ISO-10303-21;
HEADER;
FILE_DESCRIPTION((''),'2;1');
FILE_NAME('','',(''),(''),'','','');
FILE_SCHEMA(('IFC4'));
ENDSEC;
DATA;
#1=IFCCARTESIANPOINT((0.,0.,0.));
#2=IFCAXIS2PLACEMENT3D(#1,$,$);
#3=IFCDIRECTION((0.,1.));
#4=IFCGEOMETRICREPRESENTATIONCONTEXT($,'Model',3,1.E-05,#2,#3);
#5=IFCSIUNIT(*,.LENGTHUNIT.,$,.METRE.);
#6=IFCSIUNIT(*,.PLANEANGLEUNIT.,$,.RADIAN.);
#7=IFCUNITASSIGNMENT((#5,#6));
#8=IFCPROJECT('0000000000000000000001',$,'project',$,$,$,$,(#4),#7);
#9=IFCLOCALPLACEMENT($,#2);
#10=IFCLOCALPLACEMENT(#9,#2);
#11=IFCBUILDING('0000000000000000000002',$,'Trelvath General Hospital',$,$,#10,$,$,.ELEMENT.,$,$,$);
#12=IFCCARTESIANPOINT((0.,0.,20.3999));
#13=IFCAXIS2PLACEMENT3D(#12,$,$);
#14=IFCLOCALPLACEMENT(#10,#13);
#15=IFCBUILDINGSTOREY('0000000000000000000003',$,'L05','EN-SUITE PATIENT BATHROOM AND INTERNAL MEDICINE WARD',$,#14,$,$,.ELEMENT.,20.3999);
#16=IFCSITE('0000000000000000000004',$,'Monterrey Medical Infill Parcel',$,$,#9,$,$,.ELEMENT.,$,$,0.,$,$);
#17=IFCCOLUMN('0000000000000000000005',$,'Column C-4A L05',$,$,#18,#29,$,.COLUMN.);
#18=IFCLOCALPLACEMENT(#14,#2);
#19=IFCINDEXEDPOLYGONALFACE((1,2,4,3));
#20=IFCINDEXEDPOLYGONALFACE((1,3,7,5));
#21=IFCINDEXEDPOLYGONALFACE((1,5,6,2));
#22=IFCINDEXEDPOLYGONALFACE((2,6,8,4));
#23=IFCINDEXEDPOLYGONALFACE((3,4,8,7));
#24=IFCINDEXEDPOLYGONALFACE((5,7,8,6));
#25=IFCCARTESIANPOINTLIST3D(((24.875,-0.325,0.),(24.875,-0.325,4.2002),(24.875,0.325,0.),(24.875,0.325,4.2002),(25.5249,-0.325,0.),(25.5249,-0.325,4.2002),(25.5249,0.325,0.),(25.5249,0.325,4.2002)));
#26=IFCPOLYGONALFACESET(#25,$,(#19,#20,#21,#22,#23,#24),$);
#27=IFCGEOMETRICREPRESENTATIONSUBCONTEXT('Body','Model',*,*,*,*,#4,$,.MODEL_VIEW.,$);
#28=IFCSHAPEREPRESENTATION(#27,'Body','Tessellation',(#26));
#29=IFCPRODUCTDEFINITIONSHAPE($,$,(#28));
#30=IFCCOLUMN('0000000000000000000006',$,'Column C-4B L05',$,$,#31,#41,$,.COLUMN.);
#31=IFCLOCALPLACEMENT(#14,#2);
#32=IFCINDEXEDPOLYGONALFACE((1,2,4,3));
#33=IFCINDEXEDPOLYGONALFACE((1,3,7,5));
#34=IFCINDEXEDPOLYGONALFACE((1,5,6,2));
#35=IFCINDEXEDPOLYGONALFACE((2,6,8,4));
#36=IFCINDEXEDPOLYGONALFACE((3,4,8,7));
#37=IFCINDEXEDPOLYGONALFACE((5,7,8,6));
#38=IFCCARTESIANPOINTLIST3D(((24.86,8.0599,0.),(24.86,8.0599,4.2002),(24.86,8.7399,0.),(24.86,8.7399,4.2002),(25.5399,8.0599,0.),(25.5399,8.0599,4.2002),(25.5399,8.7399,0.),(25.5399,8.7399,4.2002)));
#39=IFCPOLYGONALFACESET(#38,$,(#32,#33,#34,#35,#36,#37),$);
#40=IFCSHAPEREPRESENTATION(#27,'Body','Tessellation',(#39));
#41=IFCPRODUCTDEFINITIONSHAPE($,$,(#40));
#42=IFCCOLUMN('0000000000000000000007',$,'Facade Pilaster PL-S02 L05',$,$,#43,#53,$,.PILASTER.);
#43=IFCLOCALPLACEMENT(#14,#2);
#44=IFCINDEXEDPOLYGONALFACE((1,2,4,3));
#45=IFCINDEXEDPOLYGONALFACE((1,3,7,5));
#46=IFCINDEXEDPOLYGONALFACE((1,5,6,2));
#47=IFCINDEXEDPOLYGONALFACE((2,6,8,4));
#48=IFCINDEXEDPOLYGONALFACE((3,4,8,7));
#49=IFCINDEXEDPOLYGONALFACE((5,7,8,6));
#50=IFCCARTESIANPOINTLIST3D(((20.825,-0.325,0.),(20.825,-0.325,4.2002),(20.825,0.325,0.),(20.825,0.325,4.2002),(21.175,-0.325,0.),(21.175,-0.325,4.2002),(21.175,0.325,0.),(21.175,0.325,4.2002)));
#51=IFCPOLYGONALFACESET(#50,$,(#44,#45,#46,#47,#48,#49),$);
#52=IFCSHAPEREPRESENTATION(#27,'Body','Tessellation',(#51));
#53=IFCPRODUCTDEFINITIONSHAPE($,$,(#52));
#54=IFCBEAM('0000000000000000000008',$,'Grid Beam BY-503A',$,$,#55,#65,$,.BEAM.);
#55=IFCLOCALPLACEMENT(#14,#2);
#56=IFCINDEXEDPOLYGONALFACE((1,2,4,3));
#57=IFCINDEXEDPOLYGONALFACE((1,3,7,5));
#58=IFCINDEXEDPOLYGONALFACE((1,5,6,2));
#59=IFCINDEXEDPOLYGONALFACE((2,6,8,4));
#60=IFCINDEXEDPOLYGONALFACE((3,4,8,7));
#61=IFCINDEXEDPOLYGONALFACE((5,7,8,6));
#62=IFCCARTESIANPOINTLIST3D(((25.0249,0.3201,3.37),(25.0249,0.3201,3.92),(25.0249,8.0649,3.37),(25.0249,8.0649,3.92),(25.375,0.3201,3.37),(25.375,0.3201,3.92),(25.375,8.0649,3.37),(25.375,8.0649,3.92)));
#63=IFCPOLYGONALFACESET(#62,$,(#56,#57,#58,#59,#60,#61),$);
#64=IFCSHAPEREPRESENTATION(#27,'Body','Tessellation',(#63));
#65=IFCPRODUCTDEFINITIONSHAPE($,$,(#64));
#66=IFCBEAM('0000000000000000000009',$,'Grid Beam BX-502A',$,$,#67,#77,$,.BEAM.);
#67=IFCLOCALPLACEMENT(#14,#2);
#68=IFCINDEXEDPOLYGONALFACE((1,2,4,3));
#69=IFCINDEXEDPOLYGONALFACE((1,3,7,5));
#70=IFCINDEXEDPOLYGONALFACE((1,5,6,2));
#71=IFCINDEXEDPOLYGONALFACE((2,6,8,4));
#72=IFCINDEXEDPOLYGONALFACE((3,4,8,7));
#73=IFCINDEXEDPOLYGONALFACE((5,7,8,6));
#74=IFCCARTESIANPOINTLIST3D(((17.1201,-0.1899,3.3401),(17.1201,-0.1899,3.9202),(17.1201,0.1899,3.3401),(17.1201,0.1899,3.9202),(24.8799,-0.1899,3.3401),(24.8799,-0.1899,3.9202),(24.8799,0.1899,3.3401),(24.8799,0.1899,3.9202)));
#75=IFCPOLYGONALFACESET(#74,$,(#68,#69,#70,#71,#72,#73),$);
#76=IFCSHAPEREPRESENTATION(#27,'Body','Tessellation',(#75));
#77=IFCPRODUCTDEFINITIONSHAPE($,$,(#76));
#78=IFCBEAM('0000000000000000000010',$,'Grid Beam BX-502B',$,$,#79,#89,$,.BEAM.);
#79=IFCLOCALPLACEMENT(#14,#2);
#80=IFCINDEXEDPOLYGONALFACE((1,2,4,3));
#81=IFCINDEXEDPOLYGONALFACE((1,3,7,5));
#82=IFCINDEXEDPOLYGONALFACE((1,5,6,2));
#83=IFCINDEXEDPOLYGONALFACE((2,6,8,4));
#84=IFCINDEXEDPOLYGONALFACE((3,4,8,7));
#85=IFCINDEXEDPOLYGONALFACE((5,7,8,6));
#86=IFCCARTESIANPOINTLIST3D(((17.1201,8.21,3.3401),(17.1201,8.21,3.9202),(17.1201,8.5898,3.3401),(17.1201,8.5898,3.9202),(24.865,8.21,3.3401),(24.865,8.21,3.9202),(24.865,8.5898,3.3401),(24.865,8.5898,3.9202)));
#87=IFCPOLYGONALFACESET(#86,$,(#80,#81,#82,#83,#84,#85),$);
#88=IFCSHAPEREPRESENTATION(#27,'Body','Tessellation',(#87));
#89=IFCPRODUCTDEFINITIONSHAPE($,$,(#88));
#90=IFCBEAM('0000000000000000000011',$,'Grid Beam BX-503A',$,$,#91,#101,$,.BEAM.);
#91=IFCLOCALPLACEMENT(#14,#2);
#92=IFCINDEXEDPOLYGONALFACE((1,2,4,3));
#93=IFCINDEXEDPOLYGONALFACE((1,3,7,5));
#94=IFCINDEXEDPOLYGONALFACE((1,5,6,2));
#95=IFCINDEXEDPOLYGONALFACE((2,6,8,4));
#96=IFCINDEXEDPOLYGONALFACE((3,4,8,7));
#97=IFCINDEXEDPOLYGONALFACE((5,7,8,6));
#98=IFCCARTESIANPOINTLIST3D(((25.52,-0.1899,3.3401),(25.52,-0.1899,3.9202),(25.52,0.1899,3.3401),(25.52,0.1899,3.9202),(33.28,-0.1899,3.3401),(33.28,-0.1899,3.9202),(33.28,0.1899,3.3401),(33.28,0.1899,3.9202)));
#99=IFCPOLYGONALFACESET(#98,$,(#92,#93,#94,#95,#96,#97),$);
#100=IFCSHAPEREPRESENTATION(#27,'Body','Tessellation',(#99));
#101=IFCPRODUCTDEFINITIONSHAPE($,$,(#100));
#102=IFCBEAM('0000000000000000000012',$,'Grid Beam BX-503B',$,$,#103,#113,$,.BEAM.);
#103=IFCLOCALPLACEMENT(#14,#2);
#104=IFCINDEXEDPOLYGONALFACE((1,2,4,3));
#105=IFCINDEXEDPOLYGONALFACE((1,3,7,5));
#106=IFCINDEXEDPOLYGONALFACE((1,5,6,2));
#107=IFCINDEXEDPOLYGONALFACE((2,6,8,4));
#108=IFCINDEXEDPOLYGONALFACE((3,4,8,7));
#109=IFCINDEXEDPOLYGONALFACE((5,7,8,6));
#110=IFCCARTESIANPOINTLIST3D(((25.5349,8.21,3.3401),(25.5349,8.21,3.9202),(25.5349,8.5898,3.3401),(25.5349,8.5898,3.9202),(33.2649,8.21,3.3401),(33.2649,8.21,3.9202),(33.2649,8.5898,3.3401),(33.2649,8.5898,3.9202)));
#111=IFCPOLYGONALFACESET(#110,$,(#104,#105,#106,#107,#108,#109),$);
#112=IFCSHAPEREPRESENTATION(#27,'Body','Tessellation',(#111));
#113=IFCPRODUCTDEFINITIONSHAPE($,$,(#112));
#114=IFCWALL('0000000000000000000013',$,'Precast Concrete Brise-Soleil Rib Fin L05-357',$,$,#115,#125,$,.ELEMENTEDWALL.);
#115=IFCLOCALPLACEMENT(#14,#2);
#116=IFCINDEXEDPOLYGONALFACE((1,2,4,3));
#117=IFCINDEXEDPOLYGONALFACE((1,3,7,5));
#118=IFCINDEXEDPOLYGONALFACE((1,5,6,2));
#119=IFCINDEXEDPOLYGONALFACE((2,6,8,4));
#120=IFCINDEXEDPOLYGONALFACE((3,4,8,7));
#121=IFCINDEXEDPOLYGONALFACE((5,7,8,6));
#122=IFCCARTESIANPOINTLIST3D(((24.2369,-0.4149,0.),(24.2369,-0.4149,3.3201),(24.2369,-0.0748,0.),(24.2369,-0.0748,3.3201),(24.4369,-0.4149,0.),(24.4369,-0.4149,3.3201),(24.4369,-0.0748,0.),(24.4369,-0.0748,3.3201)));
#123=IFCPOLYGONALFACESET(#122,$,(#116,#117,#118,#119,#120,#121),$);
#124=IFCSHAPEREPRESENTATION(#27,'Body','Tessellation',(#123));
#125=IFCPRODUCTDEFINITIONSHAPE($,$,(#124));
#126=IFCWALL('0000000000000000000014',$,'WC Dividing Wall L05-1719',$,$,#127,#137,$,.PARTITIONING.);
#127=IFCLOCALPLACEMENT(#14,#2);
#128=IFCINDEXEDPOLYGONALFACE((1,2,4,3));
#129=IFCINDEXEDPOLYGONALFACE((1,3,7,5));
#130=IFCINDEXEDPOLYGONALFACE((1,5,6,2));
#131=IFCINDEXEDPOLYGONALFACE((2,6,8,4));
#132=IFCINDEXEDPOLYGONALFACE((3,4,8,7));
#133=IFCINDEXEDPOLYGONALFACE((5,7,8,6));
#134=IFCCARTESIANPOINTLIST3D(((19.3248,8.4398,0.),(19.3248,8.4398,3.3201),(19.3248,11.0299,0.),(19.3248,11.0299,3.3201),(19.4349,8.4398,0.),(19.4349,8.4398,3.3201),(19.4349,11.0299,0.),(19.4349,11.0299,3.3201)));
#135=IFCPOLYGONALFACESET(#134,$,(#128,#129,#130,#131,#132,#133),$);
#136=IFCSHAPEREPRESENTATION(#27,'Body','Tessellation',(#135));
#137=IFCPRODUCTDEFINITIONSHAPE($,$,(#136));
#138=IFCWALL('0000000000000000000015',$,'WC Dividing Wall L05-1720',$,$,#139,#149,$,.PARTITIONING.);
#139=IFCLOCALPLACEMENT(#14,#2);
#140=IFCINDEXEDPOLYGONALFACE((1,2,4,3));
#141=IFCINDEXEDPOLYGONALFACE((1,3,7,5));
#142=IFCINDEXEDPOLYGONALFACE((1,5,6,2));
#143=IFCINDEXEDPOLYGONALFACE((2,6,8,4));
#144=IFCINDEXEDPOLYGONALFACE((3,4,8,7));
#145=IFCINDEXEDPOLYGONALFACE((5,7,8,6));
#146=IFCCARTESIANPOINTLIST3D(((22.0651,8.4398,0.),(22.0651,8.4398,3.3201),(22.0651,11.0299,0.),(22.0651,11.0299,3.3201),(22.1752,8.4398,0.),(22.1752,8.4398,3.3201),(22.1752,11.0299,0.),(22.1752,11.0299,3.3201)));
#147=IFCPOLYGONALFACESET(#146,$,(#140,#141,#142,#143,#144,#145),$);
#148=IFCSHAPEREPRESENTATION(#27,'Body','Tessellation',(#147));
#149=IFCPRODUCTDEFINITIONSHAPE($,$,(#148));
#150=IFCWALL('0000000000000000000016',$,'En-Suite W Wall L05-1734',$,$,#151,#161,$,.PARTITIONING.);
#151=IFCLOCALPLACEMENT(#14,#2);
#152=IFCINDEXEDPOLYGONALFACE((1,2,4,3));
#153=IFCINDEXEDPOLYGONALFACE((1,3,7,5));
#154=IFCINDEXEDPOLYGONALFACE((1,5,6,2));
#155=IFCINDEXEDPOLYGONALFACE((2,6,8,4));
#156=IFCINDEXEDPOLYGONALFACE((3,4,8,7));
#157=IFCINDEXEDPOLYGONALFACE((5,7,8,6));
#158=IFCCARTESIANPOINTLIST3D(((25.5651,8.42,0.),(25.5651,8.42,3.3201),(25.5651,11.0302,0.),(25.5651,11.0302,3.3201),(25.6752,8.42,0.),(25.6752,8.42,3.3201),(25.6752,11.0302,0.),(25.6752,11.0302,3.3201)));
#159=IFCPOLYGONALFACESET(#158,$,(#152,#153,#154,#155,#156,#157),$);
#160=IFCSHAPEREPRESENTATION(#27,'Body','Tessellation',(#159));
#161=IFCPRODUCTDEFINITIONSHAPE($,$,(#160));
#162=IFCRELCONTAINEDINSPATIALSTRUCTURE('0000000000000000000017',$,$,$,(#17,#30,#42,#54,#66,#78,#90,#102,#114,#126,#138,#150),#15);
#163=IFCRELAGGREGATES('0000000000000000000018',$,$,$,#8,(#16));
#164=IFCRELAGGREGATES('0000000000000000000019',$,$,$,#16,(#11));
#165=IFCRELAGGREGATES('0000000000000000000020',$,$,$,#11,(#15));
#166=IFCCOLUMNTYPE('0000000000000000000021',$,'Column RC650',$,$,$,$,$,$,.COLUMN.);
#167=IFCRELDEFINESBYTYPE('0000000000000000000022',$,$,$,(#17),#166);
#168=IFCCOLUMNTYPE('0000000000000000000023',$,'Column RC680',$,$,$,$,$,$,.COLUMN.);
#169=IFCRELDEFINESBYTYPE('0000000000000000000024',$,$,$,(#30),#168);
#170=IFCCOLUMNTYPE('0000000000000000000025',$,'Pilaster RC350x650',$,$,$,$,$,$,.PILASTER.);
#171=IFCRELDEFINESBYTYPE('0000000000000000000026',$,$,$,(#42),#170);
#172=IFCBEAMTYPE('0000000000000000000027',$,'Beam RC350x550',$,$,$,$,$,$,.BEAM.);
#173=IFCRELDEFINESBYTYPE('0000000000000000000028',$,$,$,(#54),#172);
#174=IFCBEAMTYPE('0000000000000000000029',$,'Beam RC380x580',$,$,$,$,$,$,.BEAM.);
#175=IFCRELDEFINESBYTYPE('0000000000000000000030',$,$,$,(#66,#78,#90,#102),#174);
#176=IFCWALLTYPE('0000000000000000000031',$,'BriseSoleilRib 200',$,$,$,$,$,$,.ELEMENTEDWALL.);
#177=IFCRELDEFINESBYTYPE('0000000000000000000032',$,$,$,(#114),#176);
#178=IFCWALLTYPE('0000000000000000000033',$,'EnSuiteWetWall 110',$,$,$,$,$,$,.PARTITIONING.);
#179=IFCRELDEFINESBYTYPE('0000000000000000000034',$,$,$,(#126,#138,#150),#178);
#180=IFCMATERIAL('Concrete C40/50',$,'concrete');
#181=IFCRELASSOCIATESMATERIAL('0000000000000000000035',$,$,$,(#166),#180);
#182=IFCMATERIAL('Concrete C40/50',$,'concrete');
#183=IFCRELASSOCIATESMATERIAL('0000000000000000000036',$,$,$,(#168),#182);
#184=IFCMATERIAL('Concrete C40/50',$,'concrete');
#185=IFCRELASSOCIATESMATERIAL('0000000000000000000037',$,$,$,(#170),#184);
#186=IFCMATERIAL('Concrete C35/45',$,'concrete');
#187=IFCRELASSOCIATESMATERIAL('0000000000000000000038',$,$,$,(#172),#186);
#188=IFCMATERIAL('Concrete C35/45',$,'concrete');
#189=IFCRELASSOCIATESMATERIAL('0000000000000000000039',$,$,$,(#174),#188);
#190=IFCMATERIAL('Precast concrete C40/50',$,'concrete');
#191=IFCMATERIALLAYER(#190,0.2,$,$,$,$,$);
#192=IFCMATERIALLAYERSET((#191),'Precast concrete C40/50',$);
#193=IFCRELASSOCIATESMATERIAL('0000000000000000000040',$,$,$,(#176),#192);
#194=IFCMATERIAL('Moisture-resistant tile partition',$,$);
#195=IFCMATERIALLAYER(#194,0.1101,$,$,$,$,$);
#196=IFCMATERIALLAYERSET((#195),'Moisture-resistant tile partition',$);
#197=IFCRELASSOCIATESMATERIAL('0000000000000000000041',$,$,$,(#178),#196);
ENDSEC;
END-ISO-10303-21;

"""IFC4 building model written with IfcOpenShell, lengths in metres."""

from ifc_helpers import new_model, si_unit, direction, frame, frame_2d, origin, origin_2d, place, context, subcontext, project, spatial, rectangle, extrude, material, layer, layer_set, material_profile, profile_set, type_object, element, save


model = new_model("IFC4")

# Units and contexts
model_context = context("Model", 3, precision=1e-05, world=origin(), true_north=direction((0.0, 1.0)))
body_context = subcontext(model_context, "Body", "Model", "MODEL_VIEW")
ifc_project = project(units=[si_unit("LENGTHUNIT", "METRE"), si_unit("PLANEANGLEUNIT", "RADIAN")], contexts=[model_context])

# Site, building, storey
site_placement = place(None, origin())
site = spatial("IfcSite", under=ifc_project, at=site_placement, Name="Monterrey Medical Infill Parcel", CompositionType="ELEMENT", RefElevation=0.0)
building_placement = place(site_placement, origin())
building = spatial("IfcBuilding", under=site, at=building_placement, Name="Trelvath General Hospital", CompositionType="ELEMENT")
storey_placement = place(building_placement, frame((0.0, 0.0, 20.3999)))
storey = spatial("IfcBuildingStorey", under=building, at=storey_placement, Name="L05", Description="EN-SUITE PATIENT BATHROOM AND INTERNAL MEDICINE WARD", CompositionType="ELEMENT", Elevation=20.3999)

# Columns
ifc_material_1 = material(Name="Concrete C40/50", Category="concrete")
ifc_material_profile_1 = material_profile(ifc_material_1, rectangle(XDim=0.6499, YDim=0.6499, at=origin_2d()), Name="RC650x650")
ifc_profile_set_1 = profile_set([ifc_material_profile_1], Name="Concrete C40/50")
column_type_1 = type_object("IfcColumnType", Name="Column RC650", PredefinedType="COLUMN", material=ifc_profile_set_1)
column_1_placement = place(storey_placement, frame((25.2, 0.0, 0.0), z_axis=(0.0, 0.0, 1.0), x_axis=(1.0, 0.0, 0.0)))
element("IfcColumn", 1, at=column_1_placement, inside=storey, type_object=column_type_1, Name="Column C-4A L05", PredefinedType="COLUMN", context=body_context, shape_type="SweptSolid", body=[
    extrude(rectangle(XDim=0.6499, YDim=0.6499, at=origin_2d()), origin(), (0.0, 0.0, 1.0), 4.2002),
])
ifc_material_2 = material(Name="Concrete C40/50", Category="concrete")
ifc_material_profile_2 = material_profile(ifc_material_2, rectangle(XDim=0.6799, YDim=0.6799, at=origin_2d()), Name="RC680x680")
ifc_profile_set_2 = profile_set([ifc_material_profile_2], Name="Concrete C40/50")
column_type_2 = type_object("IfcColumnType", Name="Column RC680", PredefinedType="COLUMN", material=ifc_profile_set_2)
column_2_placement = place(storey_placement, frame((25.2, 8.3999, 0.0), z_axis=(0.0, 0.0, 1.0), x_axis=(1.0, 0.0, 0.0)))
element("IfcColumn", 2, at=column_2_placement, inside=storey, type_object=column_type_2, Name="Column C-4B L05", PredefinedType="COLUMN", context=body_context, shape_type="SweptSolid", body=[
    extrude(rectangle(XDim=0.6799, YDim=0.6799, at=origin_2d()), origin(), (0.0, 0.0, 1.0), 4.2002),
])
ifc_material_3 = material(Name="Concrete C40/50", Category="concrete")
ifc_material_profile_3 = material_profile(ifc_material_3, rectangle(XDim=0.3501, YDim=0.6499, at=origin_2d()), Name="RC350x650")
ifc_profile_set_3 = profile_set([ifc_material_profile_3], Name="Concrete C40/50")
column_type_3 = type_object("IfcColumnType", Name="Pilaster RC350x650", PredefinedType="PILASTER", material=ifc_profile_set_3)
column_3_placement = place(storey_placement, frame((21.0, 0.0, 0.0), z_axis=(0.0, 0.0, 1.0), x_axis=(1.0, 0.0, 0.0)))
element("IfcColumn", 3, at=column_3_placement, inside=storey, type_object=column_type_3, Name="Facade Pilaster PL-S02 L05", PredefinedType="PILASTER", context=body_context, shape_type="SweptSolid", body=[
    extrude(rectangle(XDim=0.3501, YDim=0.6499, at=origin_2d()), origin(), (0.0, 0.0, 1.0), 4.2002),
])

# Beams
ifc_material_4 = material(Name="Concrete C35/45", Category="concrete")
ifc_material_profile_4 = material_profile(ifc_material_4, rectangle(XDim=0.3501, YDim=0.55, at=origin_2d()), Name="RCB350x550")
ifc_profile_set_4 = profile_set([ifc_material_profile_4], Name="Concrete C35/45")
beam_type_1 = type_object("IfcBeamType", Name="Beam RC350x550", PredefinedType="BEAM", material=ifc_profile_set_4)
beam_1_placement = place(storey_placement, frame((25.2, 0.3201, 3.645), z_axis=(0.0, 1.0, 0.0), x_axis=(-1.0, 0.0, 0.0)))
element("IfcBeam", 4, at=beam_1_placement, inside=storey, type_object=beam_type_1, Name="Grid Beam BY-503A", PredefinedType="BEAM", context=body_context, shape_type="SweptSolid", body=[
    extrude(rectangle(XDim=0.3501, YDim=0.55, at=origin_2d()), origin(), (0.0, 0.0, 1.0), 7.7449),
])
ifc_material_5 = material(Name="Concrete C35/45", Category="concrete")
ifc_material_profile_5 = material_profile(ifc_material_5, rectangle(XDim=0.3799, YDim=0.5801, at=origin_2d()), Name="RCB380x580")
ifc_profile_set_5 = profile_set([ifc_material_profile_5], Name="Concrete C35/45")
beam_type_2 = type_object("IfcBeamType", Name="Beam RC380x580", PredefinedType="BEAM", material=ifc_profile_set_5)
beam_2_placement = place(storey_placement, frame((17.1201, 0.0, 3.6301), z_axis=(1.0, 0.0, 0.0), x_axis=(0.0, 1.0, 0.0)))
element("IfcBeam", 5, at=beam_2_placement, inside=storey, type_object=beam_type_2, Name="Grid Beam BX-502A", PredefinedType="BEAM", context=body_context, shape_type="SweptSolid", body=[
    extrude(rectangle(XDim=0.3799, YDim=0.5801, at=origin_2d()), origin(), (0.0, 0.0, 1.0), 7.7598),
])
beam_3_placement = place(storey_placement, frame((17.1201, 8.3999, 3.6301), z_axis=(1.0, 0.0, 0.0), x_axis=(0.0, 1.0, 0.0)))
element("IfcBeam", 6, at=beam_3_placement, inside=storey, type_object=beam_type_2, Name="Grid Beam BX-502B", PredefinedType="BEAM", context=body_context, shape_type="SweptSolid", body=[
    extrude(rectangle(XDim=0.3799, YDim=0.5801, at=origin_2d()), origin(), (0.0, 0.0, 1.0), 7.7449),
])
beam_4_placement = place(storey_placement, frame((25.52, 0.0, 3.6301), z_axis=(1.0, 0.0, 0.0), x_axis=(0.0, 1.0, 0.0)))
element("IfcBeam", 7, at=beam_4_placement, inside=storey, type_object=beam_type_2, Name="Grid Beam BX-503A", PredefinedType="BEAM", context=body_context, shape_type="SweptSolid", body=[
    extrude(rectangle(XDim=0.3799, YDim=0.5801, at=origin_2d()), origin(), (0.0, 0.0, 1.0), 7.76),
])
beam_5_placement = place(storey_placement, frame((25.5349, 8.3999, 3.6301), z_axis=(1.0, 0.0, 0.0), x_axis=(0.0, 1.0, 0.0)))
element("IfcBeam", 8, at=beam_5_placement, inside=storey, type_object=beam_type_2, Name="Grid Beam BX-503B", PredefinedType="BEAM", context=body_context, shape_type="SweptSolid", body=[
    extrude(rectangle(XDim=0.3799, YDim=0.5801, at=origin_2d()), origin(), (0.0, 0.0, 1.0), 7.73),
])

# Walls
ifc_material_6 = material(Name="Precast concrete C40/50", Category="concrete")
ifc_layer_1 = layer(ifc_material_6, 0.2)
ifc_layer_set_1 = layer_set([ifc_layer_1], Name="Precast concrete C40/50")
wall_type_1 = type_object("IfcWallType", Name="BriseSoleilRib 200", PredefinedType="ELEMENTEDWALL", material=ifc_layer_set_1)
wall_1_placement = place(storey_placement, frame((24.3369, -0.075, 0.0), z_axis=(0.0, 0.0, 1.0), x_axis=(0.0, -1.0, 0.0)))
element("IfcWall", 9, at=wall_1_placement, inside=storey, type_object=wall_type_1, Name="Precast Concrete Brise-Soleil Rib Fin L05-357", PredefinedType="ELEMENTEDWALL", context=body_context, shape_type="SweptSolid", body=[
    extrude(rectangle(XDim=0.3401, YDim=0.2, at=frame_2d((0.1699, 0.0))), origin(), (0.0, 0.0, 1.0), 3.3201),
])
ifc_material_7 = material(Name="Moisture-resistant tile partition")
ifc_layer_2 = layer(ifc_material_7, 0.1101)
ifc_layer_set_2 = layer_set([ifc_layer_2], Name="Moisture-resistant tile partition")
wall_type_2 = type_object("IfcWallType", Name="EnSuiteWetWall 110", PredefinedType="PARTITIONING", material=ifc_layer_set_2)
for number, where, z_axis, x_axis, name in (
    (10, (19.3799, 8.4399, 0.0), (0.0, 0.0, 1.0), (0.0, 1.0, 0.0), "WC Dividing Wall L05-1719"),
    (11, (22.1201, 8.4399, 0.0), (0.0, 0.0, 1.0), (0.0, 1.0, 0.0), "WC Dividing Wall L05-1720"),
):
    element("IfcWall", number, at=place(storey_placement, frame(where, z_axis=z_axis, x_axis=x_axis)), inside=storey, type_object=wall_type_2, Name=name, PredefinedType="PARTITIONING", context=body_context, shape_type="SweptSolid", body=[
        extrude(rectangle(XDim=2.5901, YDim=0.1101, at=frame_2d((1.2949, 0.0))), origin(), (0.0, 0.0, 1.0), 3.3201),
    ])
wall_2_placement = place(storey_placement, frame((25.6201, 8.4199, 0.0), z_axis=(0.0, 0.0, 1.0), x_axis=(0.0, 1.0, 0.0)))
element("IfcWall", 12, at=wall_2_placement, inside=storey, type_object=wall_type_2, Name="En-Suite W Wall L05-1734", PredefinedType="PARTITIONING", context=body_context, shape_type="SweptSolid", body=[
    extrude(rectangle(XDim=2.6101, YDim=0.1101, at=frame_2d((1.3052, 0.0))), origin(), (0.0, 0.0, 1.0), 3.3201),
])

save(model, "model.ifc")
